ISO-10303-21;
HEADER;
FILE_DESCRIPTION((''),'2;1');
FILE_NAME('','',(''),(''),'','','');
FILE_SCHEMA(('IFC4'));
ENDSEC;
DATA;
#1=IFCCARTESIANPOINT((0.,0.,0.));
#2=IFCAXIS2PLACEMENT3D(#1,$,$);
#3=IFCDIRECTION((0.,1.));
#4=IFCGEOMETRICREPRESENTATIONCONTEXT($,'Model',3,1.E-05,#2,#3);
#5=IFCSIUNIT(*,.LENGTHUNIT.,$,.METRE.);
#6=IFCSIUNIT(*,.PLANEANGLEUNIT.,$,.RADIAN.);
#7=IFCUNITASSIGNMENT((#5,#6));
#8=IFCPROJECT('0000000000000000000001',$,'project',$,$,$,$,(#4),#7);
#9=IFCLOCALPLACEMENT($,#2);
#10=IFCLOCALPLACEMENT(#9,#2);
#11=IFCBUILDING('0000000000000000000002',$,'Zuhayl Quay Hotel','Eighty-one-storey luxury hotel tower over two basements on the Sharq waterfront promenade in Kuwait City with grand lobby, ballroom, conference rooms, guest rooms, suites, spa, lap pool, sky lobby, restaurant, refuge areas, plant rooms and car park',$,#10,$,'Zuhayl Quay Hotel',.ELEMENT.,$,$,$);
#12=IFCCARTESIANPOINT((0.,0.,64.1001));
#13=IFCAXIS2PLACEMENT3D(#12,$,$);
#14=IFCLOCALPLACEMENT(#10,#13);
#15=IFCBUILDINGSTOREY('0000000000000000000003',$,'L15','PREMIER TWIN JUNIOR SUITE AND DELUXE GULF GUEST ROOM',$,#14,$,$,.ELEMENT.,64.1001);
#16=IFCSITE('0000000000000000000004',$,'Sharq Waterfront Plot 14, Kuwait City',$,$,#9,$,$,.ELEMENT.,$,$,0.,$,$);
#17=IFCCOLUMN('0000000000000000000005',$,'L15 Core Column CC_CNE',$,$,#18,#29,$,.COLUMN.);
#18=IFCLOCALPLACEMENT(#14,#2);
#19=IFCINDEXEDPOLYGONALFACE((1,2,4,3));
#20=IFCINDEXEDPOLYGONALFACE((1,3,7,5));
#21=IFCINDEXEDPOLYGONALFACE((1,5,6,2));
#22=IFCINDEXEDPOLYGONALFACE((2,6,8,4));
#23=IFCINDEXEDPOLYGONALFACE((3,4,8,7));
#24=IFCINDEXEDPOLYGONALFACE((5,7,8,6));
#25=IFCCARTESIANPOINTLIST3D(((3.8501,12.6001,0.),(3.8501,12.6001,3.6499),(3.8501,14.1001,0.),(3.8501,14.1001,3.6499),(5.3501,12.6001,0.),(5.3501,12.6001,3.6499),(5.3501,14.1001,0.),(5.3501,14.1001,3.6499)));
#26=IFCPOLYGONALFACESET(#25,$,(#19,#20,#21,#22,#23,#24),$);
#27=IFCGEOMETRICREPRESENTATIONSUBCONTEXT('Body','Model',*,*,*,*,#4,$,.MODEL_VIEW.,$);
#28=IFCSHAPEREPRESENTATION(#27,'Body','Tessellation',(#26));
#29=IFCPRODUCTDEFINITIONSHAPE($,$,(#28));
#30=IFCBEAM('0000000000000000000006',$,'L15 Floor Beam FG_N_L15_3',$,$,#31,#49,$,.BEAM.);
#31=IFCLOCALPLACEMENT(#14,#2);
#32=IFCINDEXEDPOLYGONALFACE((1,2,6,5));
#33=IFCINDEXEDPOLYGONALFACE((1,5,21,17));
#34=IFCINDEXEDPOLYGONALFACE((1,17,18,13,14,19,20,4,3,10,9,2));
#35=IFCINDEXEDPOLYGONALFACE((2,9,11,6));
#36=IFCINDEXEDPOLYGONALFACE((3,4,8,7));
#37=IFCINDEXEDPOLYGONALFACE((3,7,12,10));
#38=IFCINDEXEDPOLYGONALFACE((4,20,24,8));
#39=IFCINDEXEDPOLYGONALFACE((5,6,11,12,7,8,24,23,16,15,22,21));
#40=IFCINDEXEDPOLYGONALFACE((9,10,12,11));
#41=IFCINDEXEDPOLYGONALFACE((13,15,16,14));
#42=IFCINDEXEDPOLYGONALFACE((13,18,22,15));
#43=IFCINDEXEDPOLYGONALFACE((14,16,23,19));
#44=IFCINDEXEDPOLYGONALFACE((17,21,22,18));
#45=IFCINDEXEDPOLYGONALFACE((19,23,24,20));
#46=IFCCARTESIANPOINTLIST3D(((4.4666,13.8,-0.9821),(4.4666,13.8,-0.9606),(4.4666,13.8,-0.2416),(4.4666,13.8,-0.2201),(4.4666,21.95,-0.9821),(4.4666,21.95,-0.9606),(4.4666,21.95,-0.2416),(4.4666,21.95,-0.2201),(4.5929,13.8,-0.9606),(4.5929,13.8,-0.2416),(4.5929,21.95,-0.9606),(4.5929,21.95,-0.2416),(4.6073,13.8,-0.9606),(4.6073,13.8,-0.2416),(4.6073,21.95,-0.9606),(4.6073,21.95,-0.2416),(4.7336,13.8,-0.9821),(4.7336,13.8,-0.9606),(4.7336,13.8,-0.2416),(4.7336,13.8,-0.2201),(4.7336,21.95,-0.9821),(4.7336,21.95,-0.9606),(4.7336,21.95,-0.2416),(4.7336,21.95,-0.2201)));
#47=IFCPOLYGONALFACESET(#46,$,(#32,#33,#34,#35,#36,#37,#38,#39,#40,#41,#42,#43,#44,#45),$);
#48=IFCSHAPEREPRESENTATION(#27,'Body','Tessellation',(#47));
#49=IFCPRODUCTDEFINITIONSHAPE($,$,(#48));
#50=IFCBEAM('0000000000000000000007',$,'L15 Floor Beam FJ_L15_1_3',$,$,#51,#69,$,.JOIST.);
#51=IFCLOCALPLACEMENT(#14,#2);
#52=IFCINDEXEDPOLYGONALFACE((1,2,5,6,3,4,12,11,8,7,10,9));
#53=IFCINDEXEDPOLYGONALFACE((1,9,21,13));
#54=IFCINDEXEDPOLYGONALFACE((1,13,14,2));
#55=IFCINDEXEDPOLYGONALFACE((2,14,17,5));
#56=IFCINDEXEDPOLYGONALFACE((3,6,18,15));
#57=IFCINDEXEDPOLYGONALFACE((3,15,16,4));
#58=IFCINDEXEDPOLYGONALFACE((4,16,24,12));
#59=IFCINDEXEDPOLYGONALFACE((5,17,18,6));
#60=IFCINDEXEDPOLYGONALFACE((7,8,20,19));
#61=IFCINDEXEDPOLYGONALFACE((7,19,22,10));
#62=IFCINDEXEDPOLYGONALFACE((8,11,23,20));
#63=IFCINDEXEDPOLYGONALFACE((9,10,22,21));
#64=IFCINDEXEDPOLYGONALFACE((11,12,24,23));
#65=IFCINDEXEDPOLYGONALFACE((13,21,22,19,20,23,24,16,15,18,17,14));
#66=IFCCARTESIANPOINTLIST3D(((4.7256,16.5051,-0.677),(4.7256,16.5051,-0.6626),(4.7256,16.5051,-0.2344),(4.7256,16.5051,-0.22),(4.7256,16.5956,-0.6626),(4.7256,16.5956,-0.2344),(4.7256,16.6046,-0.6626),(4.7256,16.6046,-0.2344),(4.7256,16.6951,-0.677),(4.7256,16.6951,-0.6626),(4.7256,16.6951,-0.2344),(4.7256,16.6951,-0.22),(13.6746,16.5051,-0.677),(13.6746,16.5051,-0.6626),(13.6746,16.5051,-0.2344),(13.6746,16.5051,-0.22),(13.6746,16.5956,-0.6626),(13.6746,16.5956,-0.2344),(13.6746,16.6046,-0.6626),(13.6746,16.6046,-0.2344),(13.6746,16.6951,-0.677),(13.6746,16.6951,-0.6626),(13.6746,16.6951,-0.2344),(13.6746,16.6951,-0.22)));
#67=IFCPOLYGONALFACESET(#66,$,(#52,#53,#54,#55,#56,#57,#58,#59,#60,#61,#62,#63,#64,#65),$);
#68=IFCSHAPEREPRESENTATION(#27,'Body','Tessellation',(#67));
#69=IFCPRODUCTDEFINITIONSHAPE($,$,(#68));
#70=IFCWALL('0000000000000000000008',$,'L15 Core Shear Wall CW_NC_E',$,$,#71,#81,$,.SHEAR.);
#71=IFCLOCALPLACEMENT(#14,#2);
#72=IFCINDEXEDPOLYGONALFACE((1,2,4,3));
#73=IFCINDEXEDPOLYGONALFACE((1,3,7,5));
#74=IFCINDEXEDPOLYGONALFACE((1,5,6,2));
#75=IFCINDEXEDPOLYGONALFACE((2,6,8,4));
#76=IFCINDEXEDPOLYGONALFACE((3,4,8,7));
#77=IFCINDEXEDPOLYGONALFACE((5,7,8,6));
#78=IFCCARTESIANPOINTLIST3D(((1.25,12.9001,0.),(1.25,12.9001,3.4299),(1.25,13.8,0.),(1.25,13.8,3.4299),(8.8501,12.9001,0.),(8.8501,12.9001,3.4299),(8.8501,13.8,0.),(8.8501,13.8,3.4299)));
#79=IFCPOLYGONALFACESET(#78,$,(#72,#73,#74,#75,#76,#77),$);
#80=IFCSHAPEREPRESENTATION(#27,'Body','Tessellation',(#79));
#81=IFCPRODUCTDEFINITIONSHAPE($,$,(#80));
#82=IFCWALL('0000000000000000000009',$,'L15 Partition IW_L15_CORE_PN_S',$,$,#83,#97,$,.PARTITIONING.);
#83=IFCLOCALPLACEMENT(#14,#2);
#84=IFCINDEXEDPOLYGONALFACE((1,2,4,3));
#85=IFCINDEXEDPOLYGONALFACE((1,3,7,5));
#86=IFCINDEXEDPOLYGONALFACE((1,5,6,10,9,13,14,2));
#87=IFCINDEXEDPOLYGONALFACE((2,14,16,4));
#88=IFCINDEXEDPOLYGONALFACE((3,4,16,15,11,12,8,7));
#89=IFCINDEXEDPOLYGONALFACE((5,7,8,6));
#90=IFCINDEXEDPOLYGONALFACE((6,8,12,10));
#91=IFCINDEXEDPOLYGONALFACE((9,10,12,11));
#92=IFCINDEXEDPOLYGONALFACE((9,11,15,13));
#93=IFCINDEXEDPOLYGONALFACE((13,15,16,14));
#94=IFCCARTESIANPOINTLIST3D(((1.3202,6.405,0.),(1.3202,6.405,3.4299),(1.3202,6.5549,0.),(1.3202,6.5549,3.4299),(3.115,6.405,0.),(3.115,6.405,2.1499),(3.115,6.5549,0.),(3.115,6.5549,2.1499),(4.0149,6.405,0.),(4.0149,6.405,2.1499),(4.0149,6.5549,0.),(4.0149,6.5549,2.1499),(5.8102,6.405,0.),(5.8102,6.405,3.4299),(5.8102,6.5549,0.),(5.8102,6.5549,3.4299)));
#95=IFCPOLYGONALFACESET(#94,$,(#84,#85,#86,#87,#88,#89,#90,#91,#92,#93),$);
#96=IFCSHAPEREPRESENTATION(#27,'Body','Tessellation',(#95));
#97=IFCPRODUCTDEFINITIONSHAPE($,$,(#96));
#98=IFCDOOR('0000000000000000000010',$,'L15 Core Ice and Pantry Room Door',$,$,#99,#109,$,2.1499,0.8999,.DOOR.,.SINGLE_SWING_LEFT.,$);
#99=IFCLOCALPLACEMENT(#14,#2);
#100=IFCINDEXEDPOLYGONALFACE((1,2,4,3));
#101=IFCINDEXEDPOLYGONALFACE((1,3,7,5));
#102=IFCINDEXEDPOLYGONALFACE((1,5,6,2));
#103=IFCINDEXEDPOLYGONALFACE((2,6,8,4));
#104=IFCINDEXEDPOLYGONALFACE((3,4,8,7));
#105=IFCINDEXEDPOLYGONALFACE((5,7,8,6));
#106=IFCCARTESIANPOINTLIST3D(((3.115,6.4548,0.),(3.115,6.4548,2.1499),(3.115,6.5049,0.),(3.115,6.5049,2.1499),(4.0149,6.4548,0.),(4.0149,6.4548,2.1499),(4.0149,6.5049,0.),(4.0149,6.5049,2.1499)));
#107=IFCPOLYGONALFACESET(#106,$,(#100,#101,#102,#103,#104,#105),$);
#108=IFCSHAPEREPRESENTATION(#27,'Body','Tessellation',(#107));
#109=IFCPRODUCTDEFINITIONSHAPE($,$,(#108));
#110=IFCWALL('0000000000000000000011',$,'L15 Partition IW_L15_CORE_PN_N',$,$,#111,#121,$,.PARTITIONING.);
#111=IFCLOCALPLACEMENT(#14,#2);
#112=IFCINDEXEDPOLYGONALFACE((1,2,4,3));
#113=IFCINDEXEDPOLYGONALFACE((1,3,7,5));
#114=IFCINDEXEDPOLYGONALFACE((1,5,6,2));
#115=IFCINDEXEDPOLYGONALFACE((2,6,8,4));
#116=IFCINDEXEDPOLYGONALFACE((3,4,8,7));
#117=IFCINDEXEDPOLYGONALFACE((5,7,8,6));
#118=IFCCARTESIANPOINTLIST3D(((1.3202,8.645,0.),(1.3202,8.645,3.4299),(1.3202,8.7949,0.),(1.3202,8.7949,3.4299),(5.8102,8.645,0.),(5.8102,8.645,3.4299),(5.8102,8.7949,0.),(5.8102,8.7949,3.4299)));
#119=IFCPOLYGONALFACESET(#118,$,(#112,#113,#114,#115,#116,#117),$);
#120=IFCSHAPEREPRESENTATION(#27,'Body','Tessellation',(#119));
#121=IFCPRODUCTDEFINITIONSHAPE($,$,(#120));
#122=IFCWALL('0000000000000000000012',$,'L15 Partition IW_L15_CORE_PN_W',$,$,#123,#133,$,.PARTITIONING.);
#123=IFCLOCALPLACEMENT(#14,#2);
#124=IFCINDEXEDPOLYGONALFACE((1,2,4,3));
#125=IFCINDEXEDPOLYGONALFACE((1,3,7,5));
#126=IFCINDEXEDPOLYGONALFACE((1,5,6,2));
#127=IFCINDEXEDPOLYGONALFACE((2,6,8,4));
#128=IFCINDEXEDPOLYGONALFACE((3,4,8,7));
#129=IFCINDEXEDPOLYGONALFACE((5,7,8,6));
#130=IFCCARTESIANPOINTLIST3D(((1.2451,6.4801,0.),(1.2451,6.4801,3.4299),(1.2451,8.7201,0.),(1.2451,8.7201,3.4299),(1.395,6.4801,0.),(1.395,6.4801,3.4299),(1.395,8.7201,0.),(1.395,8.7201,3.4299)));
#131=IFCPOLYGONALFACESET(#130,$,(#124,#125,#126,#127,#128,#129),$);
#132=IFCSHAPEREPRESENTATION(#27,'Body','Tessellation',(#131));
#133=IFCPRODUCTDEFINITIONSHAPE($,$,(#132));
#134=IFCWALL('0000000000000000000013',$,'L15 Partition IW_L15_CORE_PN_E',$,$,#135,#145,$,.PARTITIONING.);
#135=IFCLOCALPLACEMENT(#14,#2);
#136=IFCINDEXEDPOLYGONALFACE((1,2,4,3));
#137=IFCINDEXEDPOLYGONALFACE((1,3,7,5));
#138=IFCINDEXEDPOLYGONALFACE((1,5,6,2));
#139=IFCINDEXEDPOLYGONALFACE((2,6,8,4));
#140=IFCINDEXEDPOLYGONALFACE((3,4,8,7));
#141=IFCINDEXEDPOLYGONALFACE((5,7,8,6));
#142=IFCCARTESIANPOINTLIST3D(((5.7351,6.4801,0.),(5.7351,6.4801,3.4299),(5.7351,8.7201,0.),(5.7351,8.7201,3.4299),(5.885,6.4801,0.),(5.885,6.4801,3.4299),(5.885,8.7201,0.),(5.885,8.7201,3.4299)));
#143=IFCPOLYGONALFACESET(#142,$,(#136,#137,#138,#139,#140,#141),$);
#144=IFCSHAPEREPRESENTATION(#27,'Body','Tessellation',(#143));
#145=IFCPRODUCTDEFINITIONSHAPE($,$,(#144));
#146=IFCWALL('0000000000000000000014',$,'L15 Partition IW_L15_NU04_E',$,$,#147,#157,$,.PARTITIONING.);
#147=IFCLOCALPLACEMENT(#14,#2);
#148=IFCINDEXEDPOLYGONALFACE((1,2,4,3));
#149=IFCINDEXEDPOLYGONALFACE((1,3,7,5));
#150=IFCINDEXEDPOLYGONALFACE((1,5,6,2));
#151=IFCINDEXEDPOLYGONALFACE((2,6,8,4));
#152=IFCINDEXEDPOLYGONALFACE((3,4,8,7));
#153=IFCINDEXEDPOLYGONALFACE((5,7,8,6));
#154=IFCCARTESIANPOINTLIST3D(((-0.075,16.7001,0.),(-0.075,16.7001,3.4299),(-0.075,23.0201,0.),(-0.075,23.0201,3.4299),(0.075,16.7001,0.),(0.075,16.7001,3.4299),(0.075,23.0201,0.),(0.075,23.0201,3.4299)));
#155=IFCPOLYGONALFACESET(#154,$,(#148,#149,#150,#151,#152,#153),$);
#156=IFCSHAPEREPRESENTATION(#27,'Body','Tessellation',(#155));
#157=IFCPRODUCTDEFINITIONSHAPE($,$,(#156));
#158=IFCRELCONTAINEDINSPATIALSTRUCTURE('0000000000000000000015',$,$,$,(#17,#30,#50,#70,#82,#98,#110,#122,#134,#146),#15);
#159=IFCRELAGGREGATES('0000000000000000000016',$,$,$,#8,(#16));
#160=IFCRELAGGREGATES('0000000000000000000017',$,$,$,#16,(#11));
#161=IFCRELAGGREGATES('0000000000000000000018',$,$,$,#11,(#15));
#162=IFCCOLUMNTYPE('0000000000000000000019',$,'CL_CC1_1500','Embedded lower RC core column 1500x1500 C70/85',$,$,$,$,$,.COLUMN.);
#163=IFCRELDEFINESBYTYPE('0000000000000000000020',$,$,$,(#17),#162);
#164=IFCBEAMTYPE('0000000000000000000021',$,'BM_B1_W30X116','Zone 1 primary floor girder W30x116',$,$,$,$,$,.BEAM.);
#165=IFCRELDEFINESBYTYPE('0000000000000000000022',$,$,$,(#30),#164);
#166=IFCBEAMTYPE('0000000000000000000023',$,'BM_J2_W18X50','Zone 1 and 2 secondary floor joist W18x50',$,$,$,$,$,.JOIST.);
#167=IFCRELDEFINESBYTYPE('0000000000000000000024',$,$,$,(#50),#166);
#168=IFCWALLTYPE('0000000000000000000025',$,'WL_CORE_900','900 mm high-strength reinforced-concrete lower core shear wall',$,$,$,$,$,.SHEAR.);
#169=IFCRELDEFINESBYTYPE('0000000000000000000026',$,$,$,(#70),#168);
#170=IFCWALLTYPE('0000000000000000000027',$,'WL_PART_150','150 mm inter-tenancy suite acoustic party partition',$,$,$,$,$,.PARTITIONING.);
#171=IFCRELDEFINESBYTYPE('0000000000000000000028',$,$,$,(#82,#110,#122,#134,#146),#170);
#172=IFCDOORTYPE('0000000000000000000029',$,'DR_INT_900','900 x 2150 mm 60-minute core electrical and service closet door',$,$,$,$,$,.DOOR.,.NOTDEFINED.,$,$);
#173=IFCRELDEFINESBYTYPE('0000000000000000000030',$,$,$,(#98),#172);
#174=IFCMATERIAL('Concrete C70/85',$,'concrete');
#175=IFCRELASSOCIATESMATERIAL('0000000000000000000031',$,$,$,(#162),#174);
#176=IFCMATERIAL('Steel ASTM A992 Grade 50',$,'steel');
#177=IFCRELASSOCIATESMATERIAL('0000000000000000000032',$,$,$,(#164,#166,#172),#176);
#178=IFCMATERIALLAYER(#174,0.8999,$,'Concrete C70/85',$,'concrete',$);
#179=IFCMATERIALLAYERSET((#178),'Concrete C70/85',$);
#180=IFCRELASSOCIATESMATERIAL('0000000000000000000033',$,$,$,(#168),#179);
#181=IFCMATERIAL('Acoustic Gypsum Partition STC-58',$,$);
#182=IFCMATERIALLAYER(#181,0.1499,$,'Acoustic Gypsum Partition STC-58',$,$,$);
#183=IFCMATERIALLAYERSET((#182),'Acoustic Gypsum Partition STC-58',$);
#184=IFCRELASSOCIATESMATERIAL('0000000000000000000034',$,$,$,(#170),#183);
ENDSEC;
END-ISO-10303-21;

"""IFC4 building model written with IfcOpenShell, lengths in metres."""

from ifc_helpers import new_model, si_unit, direction, frame, frame_2d, origin, origin_2d, place, context, subcontext, project, spatial, rectangle, i_section, extrude, material, layer, layer_set, material_profile, profile_set, type_object, element, fill, save


model = new_model("IFC4")

# Units and contexts
model_context = context("Model", 3, precision=1e-05, world=origin(), true_north=direction((0.0, 1.0)))
body_context = subcontext(model_context, "Body", "Model", "MODEL_VIEW")
ifc_project = project(units=[si_unit("LENGTHUNIT", "METRE"), si_unit("PLANEANGLEUNIT", "RADIAN")], contexts=[model_context])

# Site, building, storey
site_placement = place(None, origin())
site = spatial("IfcSite", under=ifc_project, at=site_placement, Name="Sharq Waterfront Plot 14, Kuwait City", CompositionType="ELEMENT", RefElevation=0.0)
building_placement = place(site_placement, origin())
building = spatial("IfcBuilding", under=site, at=building_placement, Name="Zuhayl Quay Hotel", Description="Eighty-one-storey luxury hotel tower over two basements on the Sharq waterfront promenade in Kuwait City with grand lobby, ballroom, conference rooms, guest rooms, suites, spa, lap pool, sky lobby, restaurant, refuge areas, plant rooms and car park", LongName="Zuhayl Quay Hotel", CompositionType="ELEMENT")
storey_placement = place(building_placement, frame((0.0, 0.0, 64.1001)))
storey = spatial("IfcBuildingStorey", under=building, at=storey_placement, Name="L15", Description="PREMIER TWIN JUNIOR SUITE AND DELUXE GULF GUEST ROOM", CompositionType="ELEMENT", Elevation=64.1001)

# Column
ifc_material_1 = material(Name="Concrete C70/85", Category="concrete")
ifc_material_profile_1 = material_profile(ifc_material_1, rectangle(XDim=1.5, YDim=1.5, at=origin_2d()), Name="RC1500X1500")
ifc_profile_set_1 = profile_set([ifc_material_profile_1], Name="Concrete C70/85")
column_type = type_object("IfcColumnType", Name="CL_CC1_1500", Description="Embedded lower RC core column 1500x1500 C70/85", PredefinedType="COLUMN", material=ifc_profile_set_1)
column_placement = place(storey_placement, frame((4.6001, 13.3501, 0.0), z_axis=(0.0, 0.0, 1.0), x_axis=(1.0, 0.0, 0.0)))
element("IfcColumn", 1, at=column_placement, inside=storey, type_object=column_type, Name="L15 Core Column CC_CNE", PredefinedType="COLUMN", context=body_context, shape_type="SweptSolid", body=[
    extrude(rectangle(XDim=1.5, YDim=1.5, at=origin_2d()), origin(), (0.0, 0.0, 1.0), 3.6499),
])

# Beams
ifc_material_2 = material(Name="Steel ASTM A992 Grade 50", Category="steel")
ifc_material_profile_2 = material_profile(ifc_material_2, i_section(OverallWidth=0.2671, OverallDepth=0.762, WebThickness=0.0144, FlangeThickness=0.0215, at=origin_2d()), Name="W30X116")
ifc_profile_set_2 = profile_set([ifc_material_profile_2], Name="Steel ASTM A992 Grade 50")
beam_type_1 = type_object("IfcBeamType", Name="BM_B1_W30X116", Description="Zone 1 primary floor girder W30x116", PredefinedType="BEAM", material=ifc_profile_set_2)
beam_1_placement = place(storey_placement, frame((4.6001, 13.8, -0.6011), z_axis=(0.0, 1.0, 0.0), x_axis=(-1.0, 0.0, 0.0)))
element("IfcBeam", 2, at=beam_1_placement, inside=storey, type_object=beam_type_1, Name="L15 Floor Beam FG_N_L15_3", PredefinedType="BEAM", context=body_context, shape_type="SweptSolid", body=[
    extrude(i_section(OverallWidth=0.2671, OverallDepth=0.762, WebThickness=0.0144, FlangeThickness=0.0215, at=origin_2d()), origin(), (0.0, 0.0, 1.0), 8.1499),
])
ifc_material_profile_3 = material_profile(ifc_material_2, i_section(OverallWidth=0.1899, OverallDepth=0.457, WebThickness=0.009, FlangeThickness=0.0144, at=origin_2d()), Name="W18X50")
ifc_profile_set_3 = profile_set([ifc_material_profile_3], Name="Steel ASTM A992 Grade 50")
beam_type_2 = type_object("IfcBeamType", Name="BM_J2_W18X50", Description="Zone 1 and 2 secondary floor joist W18x50", PredefinedType="JOIST", material=ifc_profile_set_3)
beam_2_placement = place(storey_placement, frame((4.7256, 16.6001, -0.4485), z_axis=(1.0, 0.0, 0.0), x_axis=(0.0, 1.0, 0.0)))
element("IfcBeam", 3, at=beam_2_placement, inside=storey, type_object=beam_type_2, Name="L15 Floor Beam FJ_L15_1_3", PredefinedType="JOIST", context=body_context, shape_type="SweptSolid", body=[
    extrude(i_section(OverallWidth=0.1899, OverallDepth=0.457, WebThickness=0.009, FlangeThickness=0.0144, at=origin_2d()), origin(), (0.0, 0.0, 1.0), 8.949),
])

# Wall
ifc_layer_1 = layer(ifc_material_1, 0.8999, Name="Concrete C70/85", Category="concrete")
ifc_layer_set_1 = layer_set([ifc_layer_1], Name="Concrete C70/85")
wall_type_1 = type_object("IfcWallType", Name="WL_CORE_900", Description="900 mm high-strength reinforced-concrete lower core shear wall", PredefinedType="SHEAR", material=ifc_layer_set_1)
wall_1_placement = place(storey_placement, frame((1.25, 13.3501, 0.0), z_axis=(0.0, 0.0, 1.0), x_axis=(1.0, 0.0, 0.0)))
element("IfcWall", 4, at=wall_1_placement, inside=storey, type_object=wall_type_1, Name="L15 Core Shear Wall CW_NC_E", PredefinedType="SHEAR", context=body_context, shape_type="SweptSolid", body=[
    extrude(rectangle(XDim=7.6001, YDim=0.8999, at=frame_2d((3.8, 0.0))), origin(), (0.0, 0.0, 1.0), 3.4299),
])

# Wall, opening, door
ifc_material_3 = material(Name="Acoustic Gypsum Partition STC-58")
ifc_layer_2 = layer(ifc_material_3, 0.1499, Name="Acoustic Gypsum Partition STC-58")
ifc_layer_set_2 = layer_set([ifc_layer_2], Name="Acoustic Gypsum Partition STC-58")
wall_type_2 = type_object("IfcWallType", Name="WL_PART_150", Description="150 mm inter-tenancy suite acoustic party partition", PredefinedType="PARTITIONING", material=ifc_layer_set_2)
wall_2_placement = place(storey_placement, frame((1.3201, 6.48, 0.0), z_axis=(0.0, 0.0, 1.0), x_axis=(1.0, 0.0, 0.0)))
wall_2 = element("IfcWall", 5, at=wall_2_placement, inside=storey, type_object=wall_type_2, Name="L15 Partition IW_L15_CORE_PN_S", PredefinedType="PARTITIONING", context=body_context, shape_type="SweptSolid", body=[
    extrude(rectangle(XDim=4.49, YDim=0.1499, at=frame_2d((2.2451, 0.0))), origin(), (0.0, 0.0, 1.0), 3.4299),
])
opening_1_placement = place(wall_2_placement, frame((1.7949, 0.0, 0.0)))
opening_1 = element("IfcOpeningElement", 6, at=opening_1_placement, cuts=wall_2, PredefinedType="OPENING", context=body_context, shape_type="SweptSolid", body=[
    extrude(rectangle(XDim=0.8999, YDim=2.1499, at=frame_2d((0.45, 1.075))), frame((0.0, 0.085, 0.0), z_axis=(0.0, -1.0, 0.0), x_axis=(1.0, 0.0, 0.0)), (0.0, 0.0, 1.0), 0.1699),
])
door_type_1 = type_object("IfcDoorType", Name="DR_INT_900", Description="900 x 2150 mm 60-minute core electrical and service closet door", OperationType="NOTDEFINED", PredefinedType="DOOR", material=ifc_material_2)
door_1_placement = place(opening_1_placement, origin())
door_1 = element("IfcDoor", 7, at=door_1_placement, inside=storey, type_object=door_type_1, Name="L15 Core Ice and Pantry Room Door", OperationType="SINGLE_SWING_LEFT", OverallHeight=2.1499, OverallWidth=0.8999, PredefinedType="DOOR", context=body_context, shape_type="SweptSolid", body=[
    extrude(rectangle(XDim=0.8999, YDim=2.1499, at=frame_2d((0.45, 1.075))), frame((0.0, 0.0249, 0.0), z_axis=(0.0, -1.0, 0.0), x_axis=(1.0, 0.0, 0.0)), (0.0, 0.0, 1.0), 0.05),
])
fill(opening_1, door_1)

# Walls
wall_3_placement = place(storey_placement, frame((1.3201, 8.72, 0.0), z_axis=(0.0, 0.0, 1.0), x_axis=(1.0, 0.0, 0.0)))
element("IfcWall", 8, at=wall_3_placement, inside=storey, type_object=wall_type_2, Name="L15 Partition IW_L15_CORE_PN_N", PredefinedType="PARTITIONING", context=body_context, shape_type="SweptSolid", body=[
    extrude(rectangle(XDim=4.49, YDim=0.1499, at=frame_2d((2.2451, 0.0))), origin(), (0.0, 0.0, 1.0), 3.4299),
])
for number, where, z_axis, x_axis, name in (
    (9, (1.3201, 6.48, 0.0), (0.0, 0.0, 1.0), (0.0, 1.0, 0.0), "L15 Partition IW_L15_CORE_PN_W"),
    (10, (5.8101, 6.48, 0.0), (0.0, 0.0, 1.0), (0.0, 1.0, 0.0), "L15 Partition IW_L15_CORE_PN_E"),
):
    element("IfcWall", number, at=place(storey_placement, frame(where, z_axis=z_axis, x_axis=x_axis)), inside=storey, type_object=wall_type_2, Name=name, PredefinedType="PARTITIONING", context=body_context, shape_type="SweptSolid", body=[
        extrude(rectangle(XDim=2.24, YDim=0.1499, at=frame_2d((1.1201, 0.0))), origin(), (0.0, 0.0, 1.0), 3.4299),
    ])
wall_4_placement = place(storey_placement, frame((0.0, 16.7, 0.0), z_axis=(0.0, 0.0, 1.0), x_axis=(0.0, 1.0, 0.0)))
element("IfcWall", 11, at=wall_4_placement, inside=storey, type_object=wall_type_2, Name="L15 Partition IW_L15_NU04_E", PredefinedType="PARTITIONING", context=body_context, shape_type="SweptSolid", body=[
    extrude(rectangle(XDim=6.3201, YDim=0.1499, at=frame_2d((3.1602, 0.0))), origin(), (0.0, 0.0, 1.0), 3.4299),
])

save(model, "model.ifc")
